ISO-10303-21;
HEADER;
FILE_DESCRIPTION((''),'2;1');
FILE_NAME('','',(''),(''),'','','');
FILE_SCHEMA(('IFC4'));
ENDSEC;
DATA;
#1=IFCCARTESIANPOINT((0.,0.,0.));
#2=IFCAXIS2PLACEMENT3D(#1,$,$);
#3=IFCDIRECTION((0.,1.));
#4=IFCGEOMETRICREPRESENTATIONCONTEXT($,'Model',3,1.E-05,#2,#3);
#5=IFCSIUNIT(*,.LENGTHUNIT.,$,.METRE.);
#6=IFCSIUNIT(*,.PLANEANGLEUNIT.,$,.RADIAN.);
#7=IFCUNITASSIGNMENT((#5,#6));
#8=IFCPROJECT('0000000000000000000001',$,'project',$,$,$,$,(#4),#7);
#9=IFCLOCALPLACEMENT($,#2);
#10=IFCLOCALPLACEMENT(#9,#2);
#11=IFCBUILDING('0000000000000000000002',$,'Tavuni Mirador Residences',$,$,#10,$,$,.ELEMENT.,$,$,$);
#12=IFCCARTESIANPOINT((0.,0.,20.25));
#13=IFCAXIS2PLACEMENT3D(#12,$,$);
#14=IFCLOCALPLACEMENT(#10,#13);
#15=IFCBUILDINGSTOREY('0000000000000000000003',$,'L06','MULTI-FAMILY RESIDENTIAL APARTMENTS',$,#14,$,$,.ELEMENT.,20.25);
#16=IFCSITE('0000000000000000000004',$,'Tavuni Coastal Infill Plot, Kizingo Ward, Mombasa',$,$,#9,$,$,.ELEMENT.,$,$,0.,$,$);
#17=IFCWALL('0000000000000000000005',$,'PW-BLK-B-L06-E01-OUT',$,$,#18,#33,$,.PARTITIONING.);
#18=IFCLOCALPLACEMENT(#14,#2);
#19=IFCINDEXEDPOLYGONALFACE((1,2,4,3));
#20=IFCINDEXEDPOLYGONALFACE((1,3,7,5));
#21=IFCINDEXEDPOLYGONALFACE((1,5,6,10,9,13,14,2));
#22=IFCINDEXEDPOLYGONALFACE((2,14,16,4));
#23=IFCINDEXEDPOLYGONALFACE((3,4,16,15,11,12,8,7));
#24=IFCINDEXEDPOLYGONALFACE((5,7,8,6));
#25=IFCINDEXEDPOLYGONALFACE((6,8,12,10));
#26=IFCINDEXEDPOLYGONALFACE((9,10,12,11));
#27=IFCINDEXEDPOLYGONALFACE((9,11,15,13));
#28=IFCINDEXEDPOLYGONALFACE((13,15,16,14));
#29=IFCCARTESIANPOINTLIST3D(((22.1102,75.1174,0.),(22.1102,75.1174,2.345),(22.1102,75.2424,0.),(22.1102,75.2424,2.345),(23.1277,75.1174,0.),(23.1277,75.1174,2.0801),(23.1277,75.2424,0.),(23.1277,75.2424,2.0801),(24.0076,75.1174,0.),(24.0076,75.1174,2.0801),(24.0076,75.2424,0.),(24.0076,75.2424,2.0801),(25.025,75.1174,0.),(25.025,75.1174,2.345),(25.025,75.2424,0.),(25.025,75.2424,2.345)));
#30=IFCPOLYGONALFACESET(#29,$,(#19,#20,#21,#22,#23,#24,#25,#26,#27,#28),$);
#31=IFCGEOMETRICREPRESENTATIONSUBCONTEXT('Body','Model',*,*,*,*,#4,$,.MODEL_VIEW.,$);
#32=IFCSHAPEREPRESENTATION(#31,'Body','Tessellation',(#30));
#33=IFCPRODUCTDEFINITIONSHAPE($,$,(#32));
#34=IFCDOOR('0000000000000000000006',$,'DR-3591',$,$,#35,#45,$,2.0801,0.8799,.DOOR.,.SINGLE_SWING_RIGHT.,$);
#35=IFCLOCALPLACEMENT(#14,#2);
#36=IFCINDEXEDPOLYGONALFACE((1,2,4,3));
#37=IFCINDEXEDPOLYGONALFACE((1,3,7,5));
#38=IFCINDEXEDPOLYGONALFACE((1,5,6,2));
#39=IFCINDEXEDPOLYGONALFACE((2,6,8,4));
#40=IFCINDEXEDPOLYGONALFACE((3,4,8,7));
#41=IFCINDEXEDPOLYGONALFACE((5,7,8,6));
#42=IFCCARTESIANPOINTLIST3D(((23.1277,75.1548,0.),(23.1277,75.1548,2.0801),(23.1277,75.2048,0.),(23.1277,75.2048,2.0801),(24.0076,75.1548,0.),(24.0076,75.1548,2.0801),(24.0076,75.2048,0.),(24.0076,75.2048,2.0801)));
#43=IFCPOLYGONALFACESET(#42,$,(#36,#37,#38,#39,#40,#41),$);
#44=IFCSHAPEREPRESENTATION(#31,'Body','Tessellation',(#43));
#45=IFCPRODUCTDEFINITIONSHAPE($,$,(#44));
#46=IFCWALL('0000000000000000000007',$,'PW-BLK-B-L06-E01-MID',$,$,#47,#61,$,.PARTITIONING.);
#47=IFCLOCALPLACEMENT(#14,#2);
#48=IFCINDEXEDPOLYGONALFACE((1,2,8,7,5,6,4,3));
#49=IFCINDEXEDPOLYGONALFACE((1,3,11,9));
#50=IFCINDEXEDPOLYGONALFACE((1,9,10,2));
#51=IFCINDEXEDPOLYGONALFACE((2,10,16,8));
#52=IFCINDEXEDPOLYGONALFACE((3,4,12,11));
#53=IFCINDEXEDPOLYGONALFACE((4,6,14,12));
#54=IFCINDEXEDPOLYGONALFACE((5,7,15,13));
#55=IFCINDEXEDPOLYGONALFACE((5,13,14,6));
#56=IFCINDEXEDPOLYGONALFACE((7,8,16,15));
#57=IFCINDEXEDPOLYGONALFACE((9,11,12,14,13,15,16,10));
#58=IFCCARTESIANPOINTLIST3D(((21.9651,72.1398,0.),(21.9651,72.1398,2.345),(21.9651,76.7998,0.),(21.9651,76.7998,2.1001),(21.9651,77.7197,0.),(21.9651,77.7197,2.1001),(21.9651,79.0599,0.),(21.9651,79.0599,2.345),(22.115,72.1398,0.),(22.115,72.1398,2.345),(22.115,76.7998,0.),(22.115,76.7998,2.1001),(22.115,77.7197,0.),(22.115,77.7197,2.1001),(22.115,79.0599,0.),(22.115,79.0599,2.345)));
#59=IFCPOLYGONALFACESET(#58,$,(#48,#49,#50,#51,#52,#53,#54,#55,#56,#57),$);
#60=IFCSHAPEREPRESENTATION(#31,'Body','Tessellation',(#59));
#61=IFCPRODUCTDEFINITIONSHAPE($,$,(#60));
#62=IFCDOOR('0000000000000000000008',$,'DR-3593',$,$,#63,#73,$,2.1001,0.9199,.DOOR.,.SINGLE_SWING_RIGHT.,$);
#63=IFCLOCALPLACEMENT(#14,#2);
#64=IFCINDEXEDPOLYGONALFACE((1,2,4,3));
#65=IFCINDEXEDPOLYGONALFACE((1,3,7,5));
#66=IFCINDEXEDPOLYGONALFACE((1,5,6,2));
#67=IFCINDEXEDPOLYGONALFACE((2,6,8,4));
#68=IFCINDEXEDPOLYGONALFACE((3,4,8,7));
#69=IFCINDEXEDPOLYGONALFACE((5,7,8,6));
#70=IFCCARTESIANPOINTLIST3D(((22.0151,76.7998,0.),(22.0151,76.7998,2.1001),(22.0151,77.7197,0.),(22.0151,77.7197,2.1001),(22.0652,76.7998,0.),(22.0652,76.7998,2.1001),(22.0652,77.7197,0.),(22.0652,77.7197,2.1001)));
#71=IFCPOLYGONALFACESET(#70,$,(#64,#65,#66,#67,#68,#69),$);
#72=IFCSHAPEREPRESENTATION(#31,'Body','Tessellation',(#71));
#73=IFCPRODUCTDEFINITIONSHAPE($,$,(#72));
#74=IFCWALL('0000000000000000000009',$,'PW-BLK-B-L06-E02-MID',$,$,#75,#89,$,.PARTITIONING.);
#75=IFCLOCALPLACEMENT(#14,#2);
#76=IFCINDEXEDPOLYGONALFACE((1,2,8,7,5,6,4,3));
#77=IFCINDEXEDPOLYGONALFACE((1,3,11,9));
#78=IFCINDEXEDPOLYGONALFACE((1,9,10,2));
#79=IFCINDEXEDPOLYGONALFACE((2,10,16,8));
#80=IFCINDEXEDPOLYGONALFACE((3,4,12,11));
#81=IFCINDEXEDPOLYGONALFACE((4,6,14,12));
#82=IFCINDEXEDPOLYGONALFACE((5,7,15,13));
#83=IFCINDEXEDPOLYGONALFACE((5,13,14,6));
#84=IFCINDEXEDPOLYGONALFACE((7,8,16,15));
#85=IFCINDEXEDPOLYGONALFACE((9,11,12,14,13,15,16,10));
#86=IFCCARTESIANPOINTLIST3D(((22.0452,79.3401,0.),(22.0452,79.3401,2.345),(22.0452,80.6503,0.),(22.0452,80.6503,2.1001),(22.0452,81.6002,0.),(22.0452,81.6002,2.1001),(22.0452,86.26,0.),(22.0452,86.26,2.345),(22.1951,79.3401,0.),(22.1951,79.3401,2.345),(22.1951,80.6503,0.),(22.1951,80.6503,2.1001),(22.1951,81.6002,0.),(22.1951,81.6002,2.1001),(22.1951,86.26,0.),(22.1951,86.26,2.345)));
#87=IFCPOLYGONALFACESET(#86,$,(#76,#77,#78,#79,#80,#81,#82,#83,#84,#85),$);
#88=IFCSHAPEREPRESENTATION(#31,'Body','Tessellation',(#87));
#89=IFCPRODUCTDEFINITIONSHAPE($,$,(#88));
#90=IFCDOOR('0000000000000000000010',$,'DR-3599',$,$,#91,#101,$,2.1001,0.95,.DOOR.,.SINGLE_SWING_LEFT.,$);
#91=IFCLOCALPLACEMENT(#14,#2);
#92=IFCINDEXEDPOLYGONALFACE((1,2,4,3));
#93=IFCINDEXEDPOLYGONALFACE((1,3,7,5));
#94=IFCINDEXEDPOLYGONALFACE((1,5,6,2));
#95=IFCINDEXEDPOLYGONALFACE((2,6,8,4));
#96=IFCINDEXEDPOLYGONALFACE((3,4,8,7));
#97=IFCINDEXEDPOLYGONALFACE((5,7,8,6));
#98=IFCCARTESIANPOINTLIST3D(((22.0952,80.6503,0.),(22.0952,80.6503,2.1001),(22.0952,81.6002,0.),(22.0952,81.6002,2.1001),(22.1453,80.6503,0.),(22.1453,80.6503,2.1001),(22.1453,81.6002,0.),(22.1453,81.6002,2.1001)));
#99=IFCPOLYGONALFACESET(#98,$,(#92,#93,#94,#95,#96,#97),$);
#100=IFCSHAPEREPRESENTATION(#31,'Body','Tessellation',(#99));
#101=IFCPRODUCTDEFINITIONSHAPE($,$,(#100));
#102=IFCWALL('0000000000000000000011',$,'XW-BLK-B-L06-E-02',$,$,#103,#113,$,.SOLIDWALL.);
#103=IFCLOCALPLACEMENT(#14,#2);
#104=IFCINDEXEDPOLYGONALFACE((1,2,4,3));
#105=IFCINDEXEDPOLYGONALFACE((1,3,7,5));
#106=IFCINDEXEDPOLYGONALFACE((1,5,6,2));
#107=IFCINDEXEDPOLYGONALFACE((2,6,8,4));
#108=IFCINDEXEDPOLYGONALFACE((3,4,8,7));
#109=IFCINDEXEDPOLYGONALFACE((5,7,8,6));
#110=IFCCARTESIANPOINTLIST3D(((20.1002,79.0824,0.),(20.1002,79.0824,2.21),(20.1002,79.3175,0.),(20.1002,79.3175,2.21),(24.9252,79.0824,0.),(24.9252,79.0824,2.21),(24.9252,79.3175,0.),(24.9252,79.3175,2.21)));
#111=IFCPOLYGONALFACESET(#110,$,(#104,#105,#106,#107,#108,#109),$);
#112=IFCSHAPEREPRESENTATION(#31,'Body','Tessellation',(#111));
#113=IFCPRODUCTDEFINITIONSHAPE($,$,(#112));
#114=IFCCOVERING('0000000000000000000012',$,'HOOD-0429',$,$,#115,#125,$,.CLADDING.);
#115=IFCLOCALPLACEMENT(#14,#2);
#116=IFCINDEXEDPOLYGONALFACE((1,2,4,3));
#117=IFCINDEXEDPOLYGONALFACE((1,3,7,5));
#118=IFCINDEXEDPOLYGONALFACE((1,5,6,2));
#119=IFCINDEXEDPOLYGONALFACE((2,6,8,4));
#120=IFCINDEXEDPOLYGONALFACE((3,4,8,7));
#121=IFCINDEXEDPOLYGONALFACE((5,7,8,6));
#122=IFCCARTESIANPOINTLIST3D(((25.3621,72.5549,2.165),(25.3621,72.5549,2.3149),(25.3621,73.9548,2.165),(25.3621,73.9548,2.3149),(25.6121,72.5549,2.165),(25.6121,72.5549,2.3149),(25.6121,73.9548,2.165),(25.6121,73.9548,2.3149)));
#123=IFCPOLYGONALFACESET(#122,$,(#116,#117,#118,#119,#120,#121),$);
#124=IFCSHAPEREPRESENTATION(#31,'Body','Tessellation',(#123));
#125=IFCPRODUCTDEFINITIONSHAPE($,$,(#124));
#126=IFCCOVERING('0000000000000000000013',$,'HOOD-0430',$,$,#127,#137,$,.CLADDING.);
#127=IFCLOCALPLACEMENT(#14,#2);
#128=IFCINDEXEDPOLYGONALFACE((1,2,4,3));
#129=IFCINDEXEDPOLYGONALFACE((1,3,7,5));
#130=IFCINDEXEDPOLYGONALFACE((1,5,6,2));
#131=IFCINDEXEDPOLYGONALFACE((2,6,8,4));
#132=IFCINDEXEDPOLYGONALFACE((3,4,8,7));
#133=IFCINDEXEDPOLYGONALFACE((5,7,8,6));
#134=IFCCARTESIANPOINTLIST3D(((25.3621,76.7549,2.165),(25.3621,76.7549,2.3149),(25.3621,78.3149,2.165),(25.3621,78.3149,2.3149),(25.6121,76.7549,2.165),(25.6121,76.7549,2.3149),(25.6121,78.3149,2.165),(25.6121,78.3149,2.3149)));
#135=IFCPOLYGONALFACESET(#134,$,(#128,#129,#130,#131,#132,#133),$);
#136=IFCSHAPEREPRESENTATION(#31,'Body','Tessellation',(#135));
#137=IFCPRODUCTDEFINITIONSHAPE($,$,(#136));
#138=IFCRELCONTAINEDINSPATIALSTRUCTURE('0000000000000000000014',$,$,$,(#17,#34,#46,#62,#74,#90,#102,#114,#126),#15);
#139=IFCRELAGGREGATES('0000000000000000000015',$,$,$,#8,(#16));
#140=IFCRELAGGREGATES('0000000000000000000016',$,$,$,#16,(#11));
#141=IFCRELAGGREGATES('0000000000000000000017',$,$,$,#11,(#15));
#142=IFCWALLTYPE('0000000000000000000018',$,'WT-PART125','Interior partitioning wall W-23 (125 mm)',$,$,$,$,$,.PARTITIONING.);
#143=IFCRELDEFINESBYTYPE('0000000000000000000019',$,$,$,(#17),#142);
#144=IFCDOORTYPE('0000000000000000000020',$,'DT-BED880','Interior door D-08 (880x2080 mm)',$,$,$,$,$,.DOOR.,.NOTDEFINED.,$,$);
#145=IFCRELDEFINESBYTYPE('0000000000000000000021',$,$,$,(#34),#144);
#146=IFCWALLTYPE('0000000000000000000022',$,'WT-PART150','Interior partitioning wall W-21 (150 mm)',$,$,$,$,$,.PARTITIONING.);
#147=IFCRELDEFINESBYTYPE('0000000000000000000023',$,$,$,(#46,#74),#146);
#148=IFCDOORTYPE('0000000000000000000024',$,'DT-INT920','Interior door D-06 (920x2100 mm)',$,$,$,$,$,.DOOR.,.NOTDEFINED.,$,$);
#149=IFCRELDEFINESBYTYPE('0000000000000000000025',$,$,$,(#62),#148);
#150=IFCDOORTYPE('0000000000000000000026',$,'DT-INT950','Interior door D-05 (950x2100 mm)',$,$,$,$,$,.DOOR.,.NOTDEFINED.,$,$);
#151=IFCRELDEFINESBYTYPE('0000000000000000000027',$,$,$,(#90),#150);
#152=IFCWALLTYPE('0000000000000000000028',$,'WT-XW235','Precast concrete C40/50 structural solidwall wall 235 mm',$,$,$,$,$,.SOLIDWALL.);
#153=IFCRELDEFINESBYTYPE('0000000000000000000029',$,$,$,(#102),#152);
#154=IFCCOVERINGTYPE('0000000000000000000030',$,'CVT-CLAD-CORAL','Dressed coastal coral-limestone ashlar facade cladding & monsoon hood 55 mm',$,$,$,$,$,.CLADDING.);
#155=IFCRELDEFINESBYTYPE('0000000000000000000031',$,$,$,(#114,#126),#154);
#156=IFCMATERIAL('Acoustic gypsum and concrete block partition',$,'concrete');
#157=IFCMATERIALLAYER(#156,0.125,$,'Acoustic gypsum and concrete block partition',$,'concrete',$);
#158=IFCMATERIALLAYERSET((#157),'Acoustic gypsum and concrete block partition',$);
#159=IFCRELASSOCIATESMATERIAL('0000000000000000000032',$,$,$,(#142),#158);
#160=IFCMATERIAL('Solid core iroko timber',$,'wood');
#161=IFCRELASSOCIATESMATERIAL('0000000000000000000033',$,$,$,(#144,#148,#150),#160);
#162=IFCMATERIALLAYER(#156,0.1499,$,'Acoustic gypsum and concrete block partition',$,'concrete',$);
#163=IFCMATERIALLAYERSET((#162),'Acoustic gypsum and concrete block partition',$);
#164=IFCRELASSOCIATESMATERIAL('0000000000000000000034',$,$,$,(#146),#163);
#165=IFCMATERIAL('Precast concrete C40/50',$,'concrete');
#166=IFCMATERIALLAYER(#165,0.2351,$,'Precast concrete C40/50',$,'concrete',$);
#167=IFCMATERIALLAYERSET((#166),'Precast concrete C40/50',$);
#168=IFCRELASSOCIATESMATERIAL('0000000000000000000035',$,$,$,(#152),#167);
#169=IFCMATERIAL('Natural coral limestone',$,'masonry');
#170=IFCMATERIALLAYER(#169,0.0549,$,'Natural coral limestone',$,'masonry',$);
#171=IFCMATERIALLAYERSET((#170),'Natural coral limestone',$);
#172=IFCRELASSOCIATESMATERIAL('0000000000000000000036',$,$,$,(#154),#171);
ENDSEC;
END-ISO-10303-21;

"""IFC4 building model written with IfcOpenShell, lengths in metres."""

from ifc_helpers import new_model, si_unit, direction, frame, frame_2d, origin, origin_2d, place, context, subcontext, project, spatial, rectangle, extrude, material, layer, layer_set, type_object, element, fill, save


model = new_model("IFC4")

# Units and contexts
model_context = context("Model", 3, precision=1e-05, world=origin(), true_north=direction((0.0, 1.0)))
body_context = subcontext(model_context, "Body", "Model", "MODEL_VIEW")
ifc_project = project(units=[si_unit("LENGTHUNIT", "METRE"), si_unit("PLANEANGLEUNIT", "RADIAN")], contexts=[model_context])

# Site, building, storey
site_placement = place(None, origin())
site = spatial("IfcSite", under=ifc_project, at=site_placement, Name="Tavuni Coastal Infill Plot, Kizingo Ward, Mombasa", CompositionType="ELEMENT", RefElevation=0.0)
building_placement = place(site_placement, origin())
building = spatial("IfcBuilding", under=site, at=building_placement, Name="Tavuni Mirador Residences", CompositionType="ELEMENT")
storey_placement = place(building_placement, frame((0.0, 0.0, 20.25)))
storey = spatial("IfcBuildingStorey", under=building, at=storey_placement, Name="L06", Description="MULTI-FAMILY RESIDENTIAL APARTMENTS", CompositionType="ELEMENT", Elevation=20.25)

# Shared definitions
ifc_material_1 = material(Name="Precast concrete C40/50", Category="concrete")

# Shared definitions
ifc_material_2 = material(Name="Solid core iroko timber", Category="wood")

# Walls, openings, doors
ifc_material_3 = material(Name="Acoustic gypsum and concrete block partition", Category="concrete")
ifc_layer_1 = layer(ifc_material_3, 0.125, Name="Acoustic gypsum and concrete block partition", Category="concrete")
ifc_layer_set_1 = layer_set([ifc_layer_1], Name="Acoustic gypsum and concrete block partition")
wall_type_1 = type_object("IfcWallType", Name="WT-PART125", Description="Interior partitioning wall W-23 (125 mm)", PredefinedType="PARTITIONING", material=ifc_layer_set_1)
wall_1_placement = place(storey_placement, frame((22.1101, 75.1799, 0.0), z_axis=(0.0, 0.0, 1.0), x_axis=(1.0, 0.0, 0.0)))
wall_1 = element("IfcWall", 1, at=wall_1_placement, inside=storey, type_object=wall_type_1, Name="PW-BLK-B-L06-E01-OUT", PredefinedType="PARTITIONING", context=body_context, shape_type="SweptSolid", body=[
    extrude(rectangle(XDim=2.9148, YDim=0.125, at=frame_2d((1.4575, 0.0))), origin(), (0.0, 0.0, 1.0), 2.345),
])
opening_1_placement = place(wall_1_placement, frame((1.0176, 0.0, 0.0)))
opening_1 = element("IfcOpeningElement", 2, at=opening_1_placement, cuts=wall_1, PredefinedType="OPENING", context=body_context, shape_type="SweptSolid", body=[
    extrude(rectangle(XDim=0.8799, YDim=2.0801, at=frame_2d((0.4399, 1.04))), frame((0.0, 0.0725, 0.0), z_axis=(0.0, -1.0, 0.0), x_axis=(1.0, 0.0, 0.0)), (0.0, 0.0, 1.0), 0.145),
])
door_type_1 = type_object("IfcDoorType", Name="DT-BED880", Description="Interior door D-08 (880x2080 mm)", OperationType="NOTDEFINED", PredefinedType="DOOR", material=ifc_material_2)
door_1_placement = place(opening_1_placement, origin())
door_1 = element("IfcDoor", 3, at=door_1_placement, inside=storey, type_object=door_type_1, Name="DR-3591", OperationType="SINGLE_SWING_RIGHT", OverallHeight=2.0801, OverallWidth=0.8799, PredefinedType="DOOR", context=body_context, shape_type="SweptSolid", body=[
    extrude(rectangle(XDim=0.8799, YDim=2.0801, at=frame_2d((0.4399, 1.04))), frame((0.0, 0.0249, 0.0), z_axis=(0.0, -1.0, 0.0), x_axis=(1.0, 0.0, 0.0)), (0.0, 0.0, 1.0), 0.05),
])
fill(opening_1, door_1)
ifc_layer_2 = layer(ifc_material_3, 0.1499, Name="Acoustic gypsum and concrete block partition", Category="concrete")
ifc_layer_set_2 = layer_set([ifc_layer_2], Name="Acoustic gypsum and concrete block partition")
wall_type_2 = type_object("IfcWallType", Name="WT-PART150", Description="Interior partitioning wall W-21 (150 mm)", PredefinedType="PARTITIONING", material=ifc_layer_set_2)
wall_2_placement = place(storey_placement, frame((22.04, 72.1399, 0.0), z_axis=(0.0, 0.0, 1.0), x_axis=(0.0, 1.0, 0.0)))
wall_2 = element("IfcWall", 4, at=wall_2_placement, inside=storey, type_object=wall_type_2, Name="PW-BLK-B-L06-E01-MID", PredefinedType="PARTITIONING", context=body_context, shape_type="SweptSolid", body=[
    extrude(rectangle(XDim=6.9202, YDim=0.1499, at=frame_2d((3.46, 0.0))), origin(), (0.0, 0.0, 1.0), 2.345),
])
opening_2_placement = place(wall_2_placement, frame((4.6599, 0.0, 0.0)))
opening_2 = element("IfcOpeningElement", 5, at=opening_2_placement, cuts=wall_2, PredefinedType="OPENING", context=body_context, shape_type="SweptSolid", body=[
    extrude(rectangle(XDim=0.9199, YDim=2.1001, at=frame_2d((0.46, 1.05))), frame((0.0, 0.085, 0.0), z_axis=(0.0, -1.0, 0.0), x_axis=(1.0, 0.0, 0.0)), (0.0, 0.0, 1.0), 0.1699),
])
door_type_2 = type_object("IfcDoorType", Name="DT-INT920", Description="Interior door D-06 (920x2100 mm)", OperationType="NOTDEFINED", PredefinedType="DOOR", material=ifc_material_2)
door_2_placement = place(opening_2_placement, origin())
door_2 = element("IfcDoor", 6, at=door_2_placement, inside=storey, type_object=door_type_2, Name="DR-3593", OperationType="SINGLE_SWING_RIGHT", OverallHeight=2.1001, OverallWidth=0.9199, PredefinedType="DOOR", context=body_context, shape_type="SweptSolid", body=[
    extrude(rectangle(XDim=0.9199, YDim=2.1001, at=frame_2d((0.46, 1.05))), frame((0.0, 0.0249, 0.0), z_axis=(0.0, -1.0, 0.0), x_axis=(1.0, 0.0, 0.0)), (0.0, 0.0, 1.0), 0.05),
])
fill(opening_2, door_2)
wall_3_placement = place(storey_placement, frame((22.1201, 79.3401, 0.0), z_axis=(0.0, 0.0, 1.0), x_axis=(0.0, 1.0, 0.0)))
wall_3 = element("IfcWall", 7, at=wall_3_placement, inside=storey, type_object=wall_type_2, Name="PW-BLK-B-L06-E02-MID", PredefinedType="PARTITIONING", context=body_context, shape_type="SweptSolid", body=[
    extrude(rectangle(XDim=6.9199, YDim=0.1499, at=frame_2d((3.46, 0.0))), origin(), (0.0, 0.0, 1.0), 2.345),
])
opening_3_placement = place(wall_3_placement, frame((1.3101, 0.0, 0.0)))
opening_3 = element("IfcOpeningElement", 8, at=opening_3_placement, cuts=wall_3, PredefinedType="OPENING", context=body_context, shape_type="SweptSolid", body=[
    extrude(rectangle(XDim=0.95, YDim=2.1001, at=frame_2d((0.4751, 1.05))), frame((0.0, 0.085, 0.0), z_axis=(0.0, -1.0, 0.0), x_axis=(1.0, 0.0, 0.0)), (0.0, 0.0, 1.0), 0.1699),
])
door_type_3 = type_object("IfcDoorType", Name="DT-INT950", Description="Interior door D-05 (950x2100 mm)", OperationType="NOTDEFINED", PredefinedType="DOOR", material=ifc_material_2)
door_3_placement = place(opening_3_placement, origin())
door_3 = element("IfcDoor", 9, at=door_3_placement, inside=storey, type_object=door_type_3, Name="DR-3599", OperationType="SINGLE_SWING_LEFT", OverallHeight=2.1001, OverallWidth=0.95, PredefinedType="DOOR", context=body_context, shape_type="SweptSolid", body=[
    extrude(rectangle(XDim=0.95, YDim=2.1001, at=frame_2d((0.4751, 1.05))), frame((0.0, 0.0249, 0.0), z_axis=(0.0, -1.0, 0.0), x_axis=(1.0, 0.0, 0.0)), (0.0, 0.0, 1.0), 0.05),
])
fill(opening_3, door_3)

# Wall
ifc_layer_3 = layer(ifc_material_1, 0.2351, Name="Precast concrete C40/50", Category="concrete")
ifc_layer_set_3 = layer_set([ifc_layer_3], Name="Precast concrete C40/50")
wall_type_3 = type_object("IfcWallType", Name="WT-XW235", Description="Precast concrete C40/50 structural solidwall wall 235 mm", PredefinedType="SOLIDWALL", material=ifc_layer_set_3)
wall_4_placement = place(storey_placement, frame((20.1001, 79.2, 0.0), z_axis=(0.0, 0.0, 1.0), x_axis=(1.0, 0.0, 0.0)))
element("IfcWall", 10, at=wall_4_placement, inside=storey, type_object=wall_type_3, Name="XW-BLK-B-L06-E-02", PredefinedType="SOLIDWALL", context=body_context, shape_type="SweptSolid", body=[
    extrude(rectangle(XDim=4.825, YDim=0.2351, at=frame_2d((2.4126, 0.0))), origin(), (0.0, 0.0, 1.0), 2.21),
])

# Coverings
ifc_material_4 = material(Name="Natural coral limestone", Category="masonry")
ifc_layer_4 = layer(ifc_material_4, 0.0549, Name="Natural coral limestone", Category="masonry")
ifc_layer_set_4 = layer_set([ifc_layer_4], Name="Natural coral limestone")
covering_type = type_object("IfcCoveringType", Name="CVT-CLAD-CORAL", Description="Dressed coastal coral-limestone ashlar facade cladding & monsoon hood 55 mm", PredefinedType="CLADDING", material=ifc_layer_set_4)
covering_1_placement = place(storey_placement, frame((25.4871, 73.2549, 2.165), z_axis=(0.0, 0.0, 1.0), x_axis=(0.0, 1.0, 0.0)))
element("IfcCovering", 11, at=covering_1_placement, inside=storey, type_object=covering_type, Name="HOOD-0429", PredefinedType="CLADDING", context=body_context, shape_type="SweptSolid", body=[
    extrude(rectangle(XDim=1.3999, YDim=0.25, at=origin_2d()), origin(), (0.0, 0.0, 1.0), 0.1499),
])
covering_2_placement = place(storey_placement, frame((25.4871, 77.5349, 2.165), z_axis=(0.0, 0.0, 1.0), x_axis=(0.0, 1.0, 0.0)))
element("IfcCovering", 12, at=covering_2_placement, inside=storey, type_object=covering_type, Name="HOOD-0430", PredefinedType="CLADDING", context=body_context, shape_type="SweptSolid", body=[
    extrude(rectangle(XDim=1.5601, YDim=0.25, at=origin_2d()), origin(), (0.0, 0.0, 1.0), 0.1499),
])

save(model, "model.ifc")
